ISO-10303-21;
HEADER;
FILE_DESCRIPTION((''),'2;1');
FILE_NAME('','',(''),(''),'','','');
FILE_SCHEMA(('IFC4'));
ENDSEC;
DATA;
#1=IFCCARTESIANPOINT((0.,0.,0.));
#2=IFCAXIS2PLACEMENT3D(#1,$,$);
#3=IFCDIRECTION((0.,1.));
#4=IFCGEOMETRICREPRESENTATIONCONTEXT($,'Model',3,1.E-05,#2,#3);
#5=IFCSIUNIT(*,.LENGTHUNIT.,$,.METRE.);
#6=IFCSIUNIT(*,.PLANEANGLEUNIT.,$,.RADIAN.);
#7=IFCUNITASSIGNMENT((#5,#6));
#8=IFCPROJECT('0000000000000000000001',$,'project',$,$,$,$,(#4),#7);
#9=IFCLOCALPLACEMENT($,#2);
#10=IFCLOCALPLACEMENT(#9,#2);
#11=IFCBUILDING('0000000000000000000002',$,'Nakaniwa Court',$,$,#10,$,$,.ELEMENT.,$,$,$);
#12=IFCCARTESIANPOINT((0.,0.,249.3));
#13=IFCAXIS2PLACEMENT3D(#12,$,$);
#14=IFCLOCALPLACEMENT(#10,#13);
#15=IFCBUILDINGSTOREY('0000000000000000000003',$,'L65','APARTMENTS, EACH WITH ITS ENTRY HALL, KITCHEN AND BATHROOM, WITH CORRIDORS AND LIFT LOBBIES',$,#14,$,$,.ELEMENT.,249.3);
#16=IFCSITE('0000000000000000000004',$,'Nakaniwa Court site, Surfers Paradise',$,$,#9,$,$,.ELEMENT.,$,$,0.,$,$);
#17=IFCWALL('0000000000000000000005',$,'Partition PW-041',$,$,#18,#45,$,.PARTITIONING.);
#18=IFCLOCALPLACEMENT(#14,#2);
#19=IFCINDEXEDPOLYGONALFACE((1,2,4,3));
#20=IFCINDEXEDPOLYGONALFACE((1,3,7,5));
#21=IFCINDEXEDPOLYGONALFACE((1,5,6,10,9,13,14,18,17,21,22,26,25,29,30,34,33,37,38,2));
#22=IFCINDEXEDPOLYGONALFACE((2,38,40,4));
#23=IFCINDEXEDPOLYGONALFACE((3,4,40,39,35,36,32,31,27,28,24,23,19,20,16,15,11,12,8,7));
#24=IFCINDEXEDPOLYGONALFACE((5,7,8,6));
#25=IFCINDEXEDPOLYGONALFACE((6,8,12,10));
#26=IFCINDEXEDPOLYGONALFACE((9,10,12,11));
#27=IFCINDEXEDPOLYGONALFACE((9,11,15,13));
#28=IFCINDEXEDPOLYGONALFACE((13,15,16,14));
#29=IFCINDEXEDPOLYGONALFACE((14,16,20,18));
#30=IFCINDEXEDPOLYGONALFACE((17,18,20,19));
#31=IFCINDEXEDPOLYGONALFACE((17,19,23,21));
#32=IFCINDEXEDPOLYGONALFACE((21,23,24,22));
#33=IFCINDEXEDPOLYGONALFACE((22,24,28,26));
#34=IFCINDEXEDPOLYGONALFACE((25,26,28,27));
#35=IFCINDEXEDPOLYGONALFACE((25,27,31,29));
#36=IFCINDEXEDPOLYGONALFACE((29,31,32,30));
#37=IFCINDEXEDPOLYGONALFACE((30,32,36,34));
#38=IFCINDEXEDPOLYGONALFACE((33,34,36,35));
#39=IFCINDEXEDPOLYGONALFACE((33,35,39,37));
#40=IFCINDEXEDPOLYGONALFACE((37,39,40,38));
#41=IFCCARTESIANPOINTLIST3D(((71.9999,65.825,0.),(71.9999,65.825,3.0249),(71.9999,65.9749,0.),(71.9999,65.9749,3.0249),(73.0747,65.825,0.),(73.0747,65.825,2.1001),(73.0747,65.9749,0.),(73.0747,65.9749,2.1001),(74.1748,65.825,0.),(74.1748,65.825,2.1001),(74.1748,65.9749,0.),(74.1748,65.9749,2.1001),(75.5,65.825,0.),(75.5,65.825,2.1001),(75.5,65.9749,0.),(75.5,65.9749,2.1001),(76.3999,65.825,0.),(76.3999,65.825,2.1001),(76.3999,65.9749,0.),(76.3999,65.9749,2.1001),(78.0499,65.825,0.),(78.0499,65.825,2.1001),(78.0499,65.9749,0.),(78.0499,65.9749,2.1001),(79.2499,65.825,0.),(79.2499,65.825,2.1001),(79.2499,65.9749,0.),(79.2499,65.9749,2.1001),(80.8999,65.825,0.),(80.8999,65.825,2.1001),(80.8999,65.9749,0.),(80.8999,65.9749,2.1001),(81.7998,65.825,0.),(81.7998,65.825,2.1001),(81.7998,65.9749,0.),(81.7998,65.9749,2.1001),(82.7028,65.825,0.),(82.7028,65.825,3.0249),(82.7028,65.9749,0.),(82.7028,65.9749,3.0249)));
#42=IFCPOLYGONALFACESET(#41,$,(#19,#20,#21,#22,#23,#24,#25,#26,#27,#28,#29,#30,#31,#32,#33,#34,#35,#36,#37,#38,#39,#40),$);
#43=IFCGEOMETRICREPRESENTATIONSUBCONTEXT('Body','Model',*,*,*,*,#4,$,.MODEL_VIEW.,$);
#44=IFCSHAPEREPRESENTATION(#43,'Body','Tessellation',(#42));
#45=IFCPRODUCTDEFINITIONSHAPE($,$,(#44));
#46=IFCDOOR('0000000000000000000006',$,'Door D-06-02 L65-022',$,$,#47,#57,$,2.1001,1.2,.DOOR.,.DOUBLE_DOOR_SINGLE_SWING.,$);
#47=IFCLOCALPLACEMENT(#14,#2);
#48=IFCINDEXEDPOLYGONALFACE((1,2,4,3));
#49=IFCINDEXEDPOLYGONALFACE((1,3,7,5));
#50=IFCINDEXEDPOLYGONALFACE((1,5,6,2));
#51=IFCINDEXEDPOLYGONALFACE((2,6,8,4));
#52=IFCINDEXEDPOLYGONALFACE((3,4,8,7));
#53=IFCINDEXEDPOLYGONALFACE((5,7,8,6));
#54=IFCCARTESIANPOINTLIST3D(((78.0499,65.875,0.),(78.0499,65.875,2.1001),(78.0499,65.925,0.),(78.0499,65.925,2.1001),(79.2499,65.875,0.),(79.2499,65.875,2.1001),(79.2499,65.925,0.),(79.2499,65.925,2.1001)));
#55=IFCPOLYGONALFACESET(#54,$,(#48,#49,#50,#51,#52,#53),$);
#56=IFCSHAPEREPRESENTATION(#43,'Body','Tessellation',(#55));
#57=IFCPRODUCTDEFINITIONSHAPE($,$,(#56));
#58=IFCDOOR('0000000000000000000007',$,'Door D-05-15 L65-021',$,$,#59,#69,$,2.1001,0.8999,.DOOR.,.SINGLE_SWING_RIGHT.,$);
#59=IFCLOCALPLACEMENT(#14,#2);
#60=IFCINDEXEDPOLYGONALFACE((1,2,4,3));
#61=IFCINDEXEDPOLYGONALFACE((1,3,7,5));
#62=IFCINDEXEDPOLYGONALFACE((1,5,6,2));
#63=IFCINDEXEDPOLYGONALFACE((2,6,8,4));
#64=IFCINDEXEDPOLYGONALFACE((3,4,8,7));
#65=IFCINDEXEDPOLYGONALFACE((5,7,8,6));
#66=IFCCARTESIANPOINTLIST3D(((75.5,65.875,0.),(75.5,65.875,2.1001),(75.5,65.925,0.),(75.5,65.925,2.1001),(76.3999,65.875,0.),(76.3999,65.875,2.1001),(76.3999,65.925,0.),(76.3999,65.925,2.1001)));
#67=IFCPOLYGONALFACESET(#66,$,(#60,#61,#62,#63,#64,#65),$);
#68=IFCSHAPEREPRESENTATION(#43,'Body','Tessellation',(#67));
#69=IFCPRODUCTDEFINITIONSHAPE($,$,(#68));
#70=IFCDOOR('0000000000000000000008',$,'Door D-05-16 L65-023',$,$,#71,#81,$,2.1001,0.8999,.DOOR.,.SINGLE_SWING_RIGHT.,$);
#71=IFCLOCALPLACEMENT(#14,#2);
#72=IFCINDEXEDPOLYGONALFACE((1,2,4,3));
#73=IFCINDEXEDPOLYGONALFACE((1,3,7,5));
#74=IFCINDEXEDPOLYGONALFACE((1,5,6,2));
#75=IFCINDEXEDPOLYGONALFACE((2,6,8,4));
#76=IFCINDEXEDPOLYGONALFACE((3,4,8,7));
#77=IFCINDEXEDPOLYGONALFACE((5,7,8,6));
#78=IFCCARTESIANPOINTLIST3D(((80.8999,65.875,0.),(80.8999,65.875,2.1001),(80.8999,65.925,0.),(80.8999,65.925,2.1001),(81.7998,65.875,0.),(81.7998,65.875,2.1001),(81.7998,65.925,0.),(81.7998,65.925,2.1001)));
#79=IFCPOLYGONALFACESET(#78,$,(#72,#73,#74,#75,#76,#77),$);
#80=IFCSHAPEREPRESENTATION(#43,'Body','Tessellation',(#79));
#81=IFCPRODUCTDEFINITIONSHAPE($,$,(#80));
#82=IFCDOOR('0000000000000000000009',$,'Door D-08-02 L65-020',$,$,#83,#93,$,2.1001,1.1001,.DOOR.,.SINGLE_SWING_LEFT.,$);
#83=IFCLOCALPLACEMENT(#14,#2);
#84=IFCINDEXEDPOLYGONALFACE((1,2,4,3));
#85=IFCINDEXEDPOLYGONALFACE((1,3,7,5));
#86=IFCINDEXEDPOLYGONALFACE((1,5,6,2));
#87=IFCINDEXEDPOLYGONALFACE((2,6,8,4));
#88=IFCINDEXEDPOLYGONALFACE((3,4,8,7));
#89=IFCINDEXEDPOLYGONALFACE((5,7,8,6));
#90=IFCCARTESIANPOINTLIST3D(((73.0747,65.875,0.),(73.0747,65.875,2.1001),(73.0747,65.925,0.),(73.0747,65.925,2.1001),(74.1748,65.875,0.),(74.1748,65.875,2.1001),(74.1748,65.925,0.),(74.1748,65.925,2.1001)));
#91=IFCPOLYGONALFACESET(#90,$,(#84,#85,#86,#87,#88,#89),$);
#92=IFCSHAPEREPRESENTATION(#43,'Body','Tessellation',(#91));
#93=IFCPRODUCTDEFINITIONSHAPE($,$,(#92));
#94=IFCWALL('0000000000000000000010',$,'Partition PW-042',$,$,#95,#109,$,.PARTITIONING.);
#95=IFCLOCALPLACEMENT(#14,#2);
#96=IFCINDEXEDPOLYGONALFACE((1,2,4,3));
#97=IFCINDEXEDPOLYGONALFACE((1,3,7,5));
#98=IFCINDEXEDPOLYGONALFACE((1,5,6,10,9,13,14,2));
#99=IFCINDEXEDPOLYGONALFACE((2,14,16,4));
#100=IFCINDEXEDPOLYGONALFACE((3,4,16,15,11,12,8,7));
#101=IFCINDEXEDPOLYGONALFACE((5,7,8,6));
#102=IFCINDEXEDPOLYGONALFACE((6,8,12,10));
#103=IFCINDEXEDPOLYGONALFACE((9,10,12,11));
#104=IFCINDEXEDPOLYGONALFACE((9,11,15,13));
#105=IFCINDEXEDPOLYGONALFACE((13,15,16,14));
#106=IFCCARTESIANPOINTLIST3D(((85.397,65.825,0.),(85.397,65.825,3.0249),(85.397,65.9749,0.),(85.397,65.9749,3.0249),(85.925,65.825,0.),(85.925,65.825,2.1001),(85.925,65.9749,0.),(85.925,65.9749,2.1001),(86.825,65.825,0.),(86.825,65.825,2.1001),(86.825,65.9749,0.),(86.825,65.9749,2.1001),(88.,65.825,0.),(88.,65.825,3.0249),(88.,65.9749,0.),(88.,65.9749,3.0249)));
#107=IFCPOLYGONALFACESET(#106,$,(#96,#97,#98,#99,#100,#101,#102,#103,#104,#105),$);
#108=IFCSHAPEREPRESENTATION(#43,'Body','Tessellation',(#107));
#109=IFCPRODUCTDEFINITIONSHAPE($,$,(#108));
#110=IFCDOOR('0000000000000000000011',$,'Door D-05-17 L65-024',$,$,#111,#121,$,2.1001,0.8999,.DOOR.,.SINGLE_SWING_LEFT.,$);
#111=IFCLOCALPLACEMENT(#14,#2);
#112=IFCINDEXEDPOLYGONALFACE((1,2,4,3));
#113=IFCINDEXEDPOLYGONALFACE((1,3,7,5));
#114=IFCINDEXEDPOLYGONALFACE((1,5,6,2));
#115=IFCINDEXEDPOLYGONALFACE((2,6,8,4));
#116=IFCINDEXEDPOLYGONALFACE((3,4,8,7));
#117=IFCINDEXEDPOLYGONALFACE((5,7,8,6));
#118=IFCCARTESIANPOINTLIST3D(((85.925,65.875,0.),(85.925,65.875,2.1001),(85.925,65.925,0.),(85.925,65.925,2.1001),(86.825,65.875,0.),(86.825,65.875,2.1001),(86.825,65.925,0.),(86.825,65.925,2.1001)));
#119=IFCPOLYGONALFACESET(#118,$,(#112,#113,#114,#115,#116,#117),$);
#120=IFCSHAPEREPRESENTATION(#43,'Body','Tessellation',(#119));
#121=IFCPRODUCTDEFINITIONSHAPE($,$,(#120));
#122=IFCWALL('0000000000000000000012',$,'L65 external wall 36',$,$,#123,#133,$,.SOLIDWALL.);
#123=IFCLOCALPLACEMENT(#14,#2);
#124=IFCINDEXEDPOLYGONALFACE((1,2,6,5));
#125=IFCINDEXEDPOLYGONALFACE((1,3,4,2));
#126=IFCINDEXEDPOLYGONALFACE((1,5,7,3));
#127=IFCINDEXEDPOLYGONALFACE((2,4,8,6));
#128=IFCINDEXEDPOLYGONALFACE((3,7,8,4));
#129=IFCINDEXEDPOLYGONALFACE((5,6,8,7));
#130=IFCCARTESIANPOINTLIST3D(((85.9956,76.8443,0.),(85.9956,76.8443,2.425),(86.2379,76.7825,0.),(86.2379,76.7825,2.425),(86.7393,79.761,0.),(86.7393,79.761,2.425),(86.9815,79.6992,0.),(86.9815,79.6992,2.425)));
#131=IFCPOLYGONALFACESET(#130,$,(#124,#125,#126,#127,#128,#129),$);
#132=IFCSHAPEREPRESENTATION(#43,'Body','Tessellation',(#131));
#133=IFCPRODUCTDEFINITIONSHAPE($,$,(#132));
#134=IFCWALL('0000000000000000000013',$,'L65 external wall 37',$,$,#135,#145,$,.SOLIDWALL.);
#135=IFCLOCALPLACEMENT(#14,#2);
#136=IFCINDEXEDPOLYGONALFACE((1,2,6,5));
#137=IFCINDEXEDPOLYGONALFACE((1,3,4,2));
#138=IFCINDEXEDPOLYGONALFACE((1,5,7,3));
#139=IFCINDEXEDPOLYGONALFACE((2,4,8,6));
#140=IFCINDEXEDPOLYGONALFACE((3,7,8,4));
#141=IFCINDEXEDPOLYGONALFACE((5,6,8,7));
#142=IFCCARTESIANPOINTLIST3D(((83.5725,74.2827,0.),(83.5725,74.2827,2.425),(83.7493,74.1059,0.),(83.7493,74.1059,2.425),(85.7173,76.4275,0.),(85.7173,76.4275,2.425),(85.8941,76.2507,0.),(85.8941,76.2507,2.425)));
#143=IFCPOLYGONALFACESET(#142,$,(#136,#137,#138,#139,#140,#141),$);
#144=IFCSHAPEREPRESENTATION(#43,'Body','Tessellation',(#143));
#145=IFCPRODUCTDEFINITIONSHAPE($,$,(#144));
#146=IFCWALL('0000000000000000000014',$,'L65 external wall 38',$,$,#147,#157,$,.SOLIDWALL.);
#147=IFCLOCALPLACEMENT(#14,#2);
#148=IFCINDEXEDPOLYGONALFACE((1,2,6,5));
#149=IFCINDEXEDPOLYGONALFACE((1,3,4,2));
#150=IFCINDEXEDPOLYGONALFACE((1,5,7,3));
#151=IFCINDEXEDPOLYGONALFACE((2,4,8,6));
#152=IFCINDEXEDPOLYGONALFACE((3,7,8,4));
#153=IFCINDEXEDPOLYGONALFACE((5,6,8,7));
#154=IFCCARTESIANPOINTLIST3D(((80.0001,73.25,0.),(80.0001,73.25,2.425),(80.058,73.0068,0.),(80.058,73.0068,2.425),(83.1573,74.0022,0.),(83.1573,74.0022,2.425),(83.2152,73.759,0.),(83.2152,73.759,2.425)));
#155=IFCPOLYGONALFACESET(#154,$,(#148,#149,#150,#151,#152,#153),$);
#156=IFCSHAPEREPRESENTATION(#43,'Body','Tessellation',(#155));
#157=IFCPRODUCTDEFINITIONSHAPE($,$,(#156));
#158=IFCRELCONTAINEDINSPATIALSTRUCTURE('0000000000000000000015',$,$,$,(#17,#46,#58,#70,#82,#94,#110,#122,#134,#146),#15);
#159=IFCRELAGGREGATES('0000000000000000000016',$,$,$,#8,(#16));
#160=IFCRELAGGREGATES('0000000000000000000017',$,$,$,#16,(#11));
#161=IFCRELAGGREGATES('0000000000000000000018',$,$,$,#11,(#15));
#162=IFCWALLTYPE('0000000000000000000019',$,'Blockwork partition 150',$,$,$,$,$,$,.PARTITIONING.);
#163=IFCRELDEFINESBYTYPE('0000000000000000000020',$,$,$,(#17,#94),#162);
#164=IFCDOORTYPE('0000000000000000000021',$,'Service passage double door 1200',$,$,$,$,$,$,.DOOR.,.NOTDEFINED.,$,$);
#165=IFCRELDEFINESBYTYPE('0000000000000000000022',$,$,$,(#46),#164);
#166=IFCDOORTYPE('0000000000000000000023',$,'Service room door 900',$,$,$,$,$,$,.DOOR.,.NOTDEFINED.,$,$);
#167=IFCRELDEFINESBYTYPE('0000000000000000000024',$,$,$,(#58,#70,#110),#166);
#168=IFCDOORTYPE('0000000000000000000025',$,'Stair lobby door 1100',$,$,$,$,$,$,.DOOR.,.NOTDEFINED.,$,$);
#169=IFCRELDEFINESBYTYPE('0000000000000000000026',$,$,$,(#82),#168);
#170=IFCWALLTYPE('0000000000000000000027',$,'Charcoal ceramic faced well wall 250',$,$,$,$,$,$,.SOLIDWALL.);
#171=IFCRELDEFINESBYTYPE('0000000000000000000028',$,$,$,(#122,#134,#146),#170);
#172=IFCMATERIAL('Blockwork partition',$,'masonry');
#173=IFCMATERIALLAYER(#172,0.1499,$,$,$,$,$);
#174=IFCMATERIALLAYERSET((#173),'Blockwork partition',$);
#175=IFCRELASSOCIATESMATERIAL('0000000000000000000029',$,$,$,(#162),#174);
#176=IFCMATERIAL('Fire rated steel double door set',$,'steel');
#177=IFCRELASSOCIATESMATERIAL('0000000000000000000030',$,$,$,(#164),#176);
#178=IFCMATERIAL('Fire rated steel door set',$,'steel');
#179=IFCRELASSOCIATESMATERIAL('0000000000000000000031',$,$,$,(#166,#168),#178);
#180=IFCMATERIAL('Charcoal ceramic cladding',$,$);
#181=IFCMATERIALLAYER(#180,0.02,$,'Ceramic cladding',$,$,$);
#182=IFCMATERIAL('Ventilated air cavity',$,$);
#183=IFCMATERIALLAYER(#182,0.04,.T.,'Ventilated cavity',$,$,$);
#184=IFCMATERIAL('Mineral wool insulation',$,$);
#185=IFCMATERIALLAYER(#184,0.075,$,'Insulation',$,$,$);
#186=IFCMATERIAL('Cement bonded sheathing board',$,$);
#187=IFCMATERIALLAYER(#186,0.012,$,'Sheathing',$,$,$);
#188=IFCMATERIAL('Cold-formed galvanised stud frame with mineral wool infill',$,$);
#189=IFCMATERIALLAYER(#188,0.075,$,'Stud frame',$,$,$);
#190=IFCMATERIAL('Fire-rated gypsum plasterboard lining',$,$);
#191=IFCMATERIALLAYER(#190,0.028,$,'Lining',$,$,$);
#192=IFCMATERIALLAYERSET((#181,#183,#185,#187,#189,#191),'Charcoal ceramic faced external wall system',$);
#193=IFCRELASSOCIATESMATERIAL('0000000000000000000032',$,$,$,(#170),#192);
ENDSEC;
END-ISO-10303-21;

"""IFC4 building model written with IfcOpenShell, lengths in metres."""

from ifc_helpers import new_model, si_unit, direction, frame, frame_2d, origin, place, context, subcontext, project, spatial, rectangle, extrude, material, layer, layer_set, type_object, element, fill, save


model = new_model("IFC4")

# Units and contexts
model_context = context("Model", 3, precision=1e-05, world=origin(), true_north=direction((0.0, 1.0)))
body_context = subcontext(model_context, "Body", "Model", "MODEL_VIEW")
ifc_project = project(units=[si_unit("LENGTHUNIT", "METRE"), si_unit("PLANEANGLEUNIT", "RADIAN")], contexts=[model_context])

# Site, building, storey
site_placement = place(None, origin())
site = spatial("IfcSite", under=ifc_project, at=site_placement, Name="Nakaniwa Court site, Surfers Paradise", CompositionType="ELEMENT", RefElevation=0.0)
building_placement = place(site_placement, origin())
building = spatial("IfcBuilding", under=site, at=building_placement, Name="Nakaniwa Court", CompositionType="ELEMENT")
storey_placement = place(building_placement, frame((0.0, 0.0, 249.3)))
storey = spatial("IfcBuildingStorey", under=building, at=storey_placement, Name="L65", Description="APARTMENTS, EACH WITH ITS ENTRY HALL, KITCHEN AND BATHROOM, WITH CORRIDORS AND LIFT LOBBIES", CompositionType="ELEMENT", Elevation=249.3)

# Shared definitions
ifc_material_1 = material(Name="Blockwork partition", Category="masonry")
ifc_layer_1 = layer(ifc_material_1, 0.1499)
ifc_layer_set_1 = layer_set([ifc_layer_1], Name="Blockwork partition")
wall_type_1 = type_object("IfcWallType", Name="Blockwork partition 150", PredefinedType="PARTITIONING", material=ifc_layer_set_1)

# Wall, openings, doors
wall_1_placement = place(storey_placement, frame((82.7029, 65.8999, 0.0), z_axis=(0.0, 0.0, 1.0), x_axis=(-1.0, 0.0, 0.0)))
wall_1 = element("IfcWall", 1, at=wall_1_placement, inside=storey, type_object=wall_type_1, Name="Partition PW-041", PredefinedType="PARTITIONING", context=body_context, shape_type="SweptSolid", body=[
    extrude(rectangle(XDim=10.7029, YDim=0.1499, at=frame_2d((5.3516, 0.0))), origin(), (0.0, 0.0, 1.0), 3.0249),
])
opening_1_placement = place(wall_1_placement, frame((8.5281, 0.0, 0.0)))
opening_1 = element("IfcOpeningElement", 2, at=opening_1_placement, cuts=wall_1, PredefinedType="OPENING", context=body_context, shape_type="SweptSolid", body=[
    extrude(rectangle(XDim=1.1001, YDim=2.1001, at=frame_2d((0.55, 1.05))), frame((0.0, 0.085, 0.0), z_axis=(0.0, -1.0, 0.0), x_axis=(1.0, 0.0, 0.0)), (0.0, 0.0, 1.0), 0.1699),
])
opening_2_placement = place(wall_1_placement, frame((6.303, 0.0, 0.0)))
opening_2 = element("IfcOpeningElement", 3, at=opening_2_placement, cuts=wall_1, PredefinedType="OPENING", context=body_context, shape_type="SweptSolid", body=[
    extrude(rectangle(XDim=0.8999, YDim=2.1001, at=frame_2d((0.45, 1.05))), frame((0.0, 0.085, 0.0), z_axis=(0.0, -1.0, 0.0), x_axis=(1.0, 0.0, 0.0)), (0.0, 0.0, 1.0), 0.1699),
])
opening_3_placement = place(wall_1_placement, frame((3.4529, 0.0, 0.0)))
opening_3 = element("IfcOpeningElement", 4, at=opening_3_placement, cuts=wall_1, PredefinedType="OPENING", context=body_context, shape_type="SweptSolid", body=[
    extrude(rectangle(XDim=1.2, YDim=2.1001, at=frame_2d((0.6001, 1.05))), frame((0.0, 0.085, 0.0), z_axis=(0.0, -1.0, 0.0), x_axis=(1.0, 0.0, 0.0)), (0.0, 0.0, 1.0), 0.1699),
])
opening_4_placement = place(wall_1_placement, frame((0.9031, 0.0, 0.0)))
opening_4 = element("IfcOpeningElement", 5, at=opening_4_placement, cuts=wall_1, PredefinedType="OPENING", context=body_context, shape_type="SweptSolid", body=[
    extrude(rectangle(XDim=0.8999, YDim=2.1001, at=frame_2d((0.45, 1.05))), frame((0.0, 0.085, 0.0), z_axis=(0.0, -1.0, 0.0), x_axis=(1.0, 0.0, 0.0)), (0.0, 0.0, 1.0), 0.1699),
])
ifc_material_2 = material(Name="Fire rated steel double door set", Category="steel")
door_type_1 = type_object("IfcDoorType", Name="Service passage double door 1200", OperationType="NOTDEFINED", PredefinedType="DOOR", material=ifc_material_2)
door_1_placement = place(opening_3_placement, origin())
door_1 = element("IfcDoor", 6, at=door_1_placement, inside=storey, type_object=door_type_1, Name="Door D-06-02 L65-022", OperationType="DOUBLE_DOOR_SINGLE_SWING", OverallHeight=2.1001, OverallWidth=1.2, PredefinedType="DOOR", context=body_context, shape_type="SweptSolid", body=[
    extrude(rectangle(XDim=1.2, YDim=2.1001, at=frame_2d((0.6001, 1.05))), frame((0.0, 0.0249, 0.0), z_axis=(0.0, -1.0, 0.0), x_axis=(1.0, 0.0, 0.0)), (0.0, 0.0, 1.0), 0.05),
])
fill(opening_3, door_1)
ifc_material_3 = material(Name="Fire rated steel door set", Category="steel")
door_type_2 = type_object("IfcDoorType", Name="Service room door 900", OperationType="NOTDEFINED", PredefinedType="DOOR", material=ifc_material_3)
door_2_placement = place(opening_2_placement, origin())
door_2 = element("IfcDoor", 7, at=door_2_placement, inside=storey, type_object=door_type_2, Name="Door D-05-15 L65-021", OperationType="SINGLE_SWING_RIGHT", OverallHeight=2.1001, OverallWidth=0.8999, PredefinedType="DOOR", context=body_context, shape_type="SweptSolid", body=[
    extrude(rectangle(XDim=0.8999, YDim=2.1001, at=frame_2d((0.45, 1.05))), frame((0.0, 0.0249, 0.0), z_axis=(0.0, -1.0, 0.0), x_axis=(1.0, 0.0, 0.0)), (0.0, 0.0, 1.0), 0.05),
])
fill(opening_2, door_2)
door_3_placement = place(opening_4_placement, origin())
door_3 = element("IfcDoor", 8, at=door_3_placement, inside=storey, type_object=door_type_2, Name="Door D-05-16 L65-023", OperationType="SINGLE_SWING_RIGHT", OverallHeight=2.1001, OverallWidth=0.8999, PredefinedType="DOOR", context=body_context, shape_type="SweptSolid", body=[
    extrude(rectangle(XDim=0.8999, YDim=2.1001, at=frame_2d((0.45, 1.05))), frame((0.0, 0.0249, 0.0), z_axis=(0.0, -1.0, 0.0), x_axis=(1.0, 0.0, 0.0)), (0.0, 0.0, 1.0), 0.05),
])
fill(opening_4, door_3)
door_type_3 = type_object("IfcDoorType", Name="Stair lobby door 1100", OperationType="NOTDEFINED", PredefinedType="DOOR", material=ifc_material_3)
door_4_placement = place(opening_1_placement, origin())
door_4 = element("IfcDoor", 9, at=door_4_placement, inside=storey, type_object=door_type_3, Name="Door D-08-02 L65-020", OperationType="SINGLE_SWING_LEFT", OverallHeight=2.1001, OverallWidth=1.1001, PredefinedType="DOOR", context=body_context, shape_type="SweptSolid", body=[
    extrude(rectangle(XDim=1.1001, YDim=2.1001, at=frame_2d((0.55, 1.05))), frame((0.0, 0.0249, 0.0), z_axis=(0.0, -1.0, 0.0), x_axis=(1.0, 0.0, 0.0)), (0.0, 0.0, 1.0), 0.05),
])
fill(opening_1, door_4)

# Wall, opening, door
wall_2_placement = place(storey_placement, frame((88.0, 65.8999, 0.0), z_axis=(0.0, 0.0, 1.0), x_axis=(-1.0, 0.0, 0.0)))
wall_2 = element("IfcWall", 10, at=wall_2_placement, inside=storey, type_object=wall_type_1, Name="Partition PW-042", PredefinedType="PARTITIONING", context=body_context, shape_type="SweptSolid", body=[
    extrude(rectangle(XDim=2.603, YDim=0.1499, at=frame_2d((1.3015, 0.0))), origin(), (0.0, 0.0, 1.0), 3.0249),
])
opening_5_placement = place(wall_2_placement, frame((1.175, 0.0, 0.0)))
opening_5 = element("IfcOpeningElement", 11, at=opening_5_placement, cuts=wall_2, PredefinedType="OPENING", context=body_context, shape_type="SweptSolid", body=[
    extrude(rectangle(XDim=0.8999, YDim=2.1001, at=frame_2d((0.45, 1.05))), frame((0.0, 0.085, 0.0), z_axis=(0.0, -1.0, 0.0), x_axis=(1.0, 0.0, 0.0)), (0.0, 0.0, 1.0), 0.1699),
])
door_5_placement = place(opening_5_placement, origin())
door_5 = element("IfcDoor", 12, at=door_5_placement, inside=storey, type_object=door_type_2, Name="Door D-05-17 L65-024", OperationType="SINGLE_SWING_LEFT", OverallHeight=2.1001, OverallWidth=0.8999, PredefinedType="DOOR", context=body_context, shape_type="SweptSolid", body=[
    extrude(rectangle(XDim=0.8999, YDim=2.1001, at=frame_2d((0.45, 1.05))), frame((0.0, 0.0249, 0.0), z_axis=(0.0, -1.0, 0.0), x_axis=(1.0, 0.0, 0.0)), (0.0, 0.0, 1.0), 0.05),
])
fill(opening_5, door_5)

# Walls
ifc_material_4 = material(Name="Charcoal ceramic cladding")
ifc_layer_2 = layer(ifc_material_4, 0.02, Name="Ceramic cladding")
ifc_material_5 = material(Name="Ventilated air cavity")
ifc_layer_3 = layer(ifc_material_5, 0.04, ventilated=True, Name="Ventilated cavity")
ifc_material_6 = material(Name="Mineral wool insulation")
ifc_layer_4 = layer(ifc_material_6, 0.075, Name="Insulation")
ifc_material_7 = material(Name="Cement bonded sheathing board")
ifc_layer_5 = layer(ifc_material_7, 0.012, Name="Sheathing")
ifc_material_8 = material(Name="Cold-formed galvanised stud frame with mineral wool infill")
ifc_layer_6 = layer(ifc_material_8, 0.075, Name="Stud frame")
ifc_material_9 = material(Name="Fire-rated gypsum plasterboard lining")
ifc_layer_7 = layer(ifc_material_9, 0.028, Name="Lining")
ifc_layer_set_2 = layer_set([ifc_layer_2, ifc_layer_3, ifc_layer_4, ifc_layer_5, ifc_layer_6, ifc_layer_7], Name="Charcoal ceramic faced external wall system")
wall_type_2 = type_object("IfcWallType", Name="Charcoal ceramic faced well wall 250", PredefinedType="SOLIDWALL", material=ifc_layer_set_2)
wall_3_placement = place(storey_placement, frame((86.8604, 79.73, 0.0), z_axis=(0.0, 0.0, 1.0), x_axis=(-0.247056, -0.969001, 0.0)))
element("IfcWall", 13, at=wall_3_placement, inside=storey, type_object=wall_type_2, Name="L65 external wall 36", PredefinedType="SOLIDWALL", context=body_context, shape_type="SweptSolid", body=[
    extrude(rectangle(XDim=3.01, YDim=0.25, at=frame_2d((1.5049, 0.0))), origin(), (0.0, 0.0, 1.0), 2.425),
])
wall_4_placement = place(storey_placement, frame((85.8057, 76.3391, 0.0), z_axis=(0.0, 0.0, 1.0), x_axis=(-0.707107, -0.707107, 0.0)))
element("IfcWall", 14, at=wall_4_placement, inside=storey, type_object=wall_type_2, Name="L65 external wall 37", PredefinedType="SOLIDWALL", context=body_context, shape_type="SweptSolid", body=[
    extrude(rectangle(XDim=3.0332, YDim=0.25, at=frame_2d((1.5166, 0.0))), origin(), (0.0, 0.0, 1.0), 2.425),
])
wall_5_placement = place(storey_placement, frame((83.1863, 73.8806, 0.0), z_axis=(0.0, 0.0, 1.0), x_axis=(-0.972773, -0.23176, 0.0)))
element("IfcWall", 15, at=wall_5_placement, inside=storey, type_object=wall_type_2, Name="L65 external wall 38", PredefinedType="SOLIDWALL", context=body_context, shape_type="SweptSolid", body=[
    extrude(rectangle(XDim=3.2456, YDim=0.25, at=frame_2d((1.6228, 0.0))), origin(), (0.0, 0.0, 1.0), 2.425),
])

save(model, "model.ifc")
